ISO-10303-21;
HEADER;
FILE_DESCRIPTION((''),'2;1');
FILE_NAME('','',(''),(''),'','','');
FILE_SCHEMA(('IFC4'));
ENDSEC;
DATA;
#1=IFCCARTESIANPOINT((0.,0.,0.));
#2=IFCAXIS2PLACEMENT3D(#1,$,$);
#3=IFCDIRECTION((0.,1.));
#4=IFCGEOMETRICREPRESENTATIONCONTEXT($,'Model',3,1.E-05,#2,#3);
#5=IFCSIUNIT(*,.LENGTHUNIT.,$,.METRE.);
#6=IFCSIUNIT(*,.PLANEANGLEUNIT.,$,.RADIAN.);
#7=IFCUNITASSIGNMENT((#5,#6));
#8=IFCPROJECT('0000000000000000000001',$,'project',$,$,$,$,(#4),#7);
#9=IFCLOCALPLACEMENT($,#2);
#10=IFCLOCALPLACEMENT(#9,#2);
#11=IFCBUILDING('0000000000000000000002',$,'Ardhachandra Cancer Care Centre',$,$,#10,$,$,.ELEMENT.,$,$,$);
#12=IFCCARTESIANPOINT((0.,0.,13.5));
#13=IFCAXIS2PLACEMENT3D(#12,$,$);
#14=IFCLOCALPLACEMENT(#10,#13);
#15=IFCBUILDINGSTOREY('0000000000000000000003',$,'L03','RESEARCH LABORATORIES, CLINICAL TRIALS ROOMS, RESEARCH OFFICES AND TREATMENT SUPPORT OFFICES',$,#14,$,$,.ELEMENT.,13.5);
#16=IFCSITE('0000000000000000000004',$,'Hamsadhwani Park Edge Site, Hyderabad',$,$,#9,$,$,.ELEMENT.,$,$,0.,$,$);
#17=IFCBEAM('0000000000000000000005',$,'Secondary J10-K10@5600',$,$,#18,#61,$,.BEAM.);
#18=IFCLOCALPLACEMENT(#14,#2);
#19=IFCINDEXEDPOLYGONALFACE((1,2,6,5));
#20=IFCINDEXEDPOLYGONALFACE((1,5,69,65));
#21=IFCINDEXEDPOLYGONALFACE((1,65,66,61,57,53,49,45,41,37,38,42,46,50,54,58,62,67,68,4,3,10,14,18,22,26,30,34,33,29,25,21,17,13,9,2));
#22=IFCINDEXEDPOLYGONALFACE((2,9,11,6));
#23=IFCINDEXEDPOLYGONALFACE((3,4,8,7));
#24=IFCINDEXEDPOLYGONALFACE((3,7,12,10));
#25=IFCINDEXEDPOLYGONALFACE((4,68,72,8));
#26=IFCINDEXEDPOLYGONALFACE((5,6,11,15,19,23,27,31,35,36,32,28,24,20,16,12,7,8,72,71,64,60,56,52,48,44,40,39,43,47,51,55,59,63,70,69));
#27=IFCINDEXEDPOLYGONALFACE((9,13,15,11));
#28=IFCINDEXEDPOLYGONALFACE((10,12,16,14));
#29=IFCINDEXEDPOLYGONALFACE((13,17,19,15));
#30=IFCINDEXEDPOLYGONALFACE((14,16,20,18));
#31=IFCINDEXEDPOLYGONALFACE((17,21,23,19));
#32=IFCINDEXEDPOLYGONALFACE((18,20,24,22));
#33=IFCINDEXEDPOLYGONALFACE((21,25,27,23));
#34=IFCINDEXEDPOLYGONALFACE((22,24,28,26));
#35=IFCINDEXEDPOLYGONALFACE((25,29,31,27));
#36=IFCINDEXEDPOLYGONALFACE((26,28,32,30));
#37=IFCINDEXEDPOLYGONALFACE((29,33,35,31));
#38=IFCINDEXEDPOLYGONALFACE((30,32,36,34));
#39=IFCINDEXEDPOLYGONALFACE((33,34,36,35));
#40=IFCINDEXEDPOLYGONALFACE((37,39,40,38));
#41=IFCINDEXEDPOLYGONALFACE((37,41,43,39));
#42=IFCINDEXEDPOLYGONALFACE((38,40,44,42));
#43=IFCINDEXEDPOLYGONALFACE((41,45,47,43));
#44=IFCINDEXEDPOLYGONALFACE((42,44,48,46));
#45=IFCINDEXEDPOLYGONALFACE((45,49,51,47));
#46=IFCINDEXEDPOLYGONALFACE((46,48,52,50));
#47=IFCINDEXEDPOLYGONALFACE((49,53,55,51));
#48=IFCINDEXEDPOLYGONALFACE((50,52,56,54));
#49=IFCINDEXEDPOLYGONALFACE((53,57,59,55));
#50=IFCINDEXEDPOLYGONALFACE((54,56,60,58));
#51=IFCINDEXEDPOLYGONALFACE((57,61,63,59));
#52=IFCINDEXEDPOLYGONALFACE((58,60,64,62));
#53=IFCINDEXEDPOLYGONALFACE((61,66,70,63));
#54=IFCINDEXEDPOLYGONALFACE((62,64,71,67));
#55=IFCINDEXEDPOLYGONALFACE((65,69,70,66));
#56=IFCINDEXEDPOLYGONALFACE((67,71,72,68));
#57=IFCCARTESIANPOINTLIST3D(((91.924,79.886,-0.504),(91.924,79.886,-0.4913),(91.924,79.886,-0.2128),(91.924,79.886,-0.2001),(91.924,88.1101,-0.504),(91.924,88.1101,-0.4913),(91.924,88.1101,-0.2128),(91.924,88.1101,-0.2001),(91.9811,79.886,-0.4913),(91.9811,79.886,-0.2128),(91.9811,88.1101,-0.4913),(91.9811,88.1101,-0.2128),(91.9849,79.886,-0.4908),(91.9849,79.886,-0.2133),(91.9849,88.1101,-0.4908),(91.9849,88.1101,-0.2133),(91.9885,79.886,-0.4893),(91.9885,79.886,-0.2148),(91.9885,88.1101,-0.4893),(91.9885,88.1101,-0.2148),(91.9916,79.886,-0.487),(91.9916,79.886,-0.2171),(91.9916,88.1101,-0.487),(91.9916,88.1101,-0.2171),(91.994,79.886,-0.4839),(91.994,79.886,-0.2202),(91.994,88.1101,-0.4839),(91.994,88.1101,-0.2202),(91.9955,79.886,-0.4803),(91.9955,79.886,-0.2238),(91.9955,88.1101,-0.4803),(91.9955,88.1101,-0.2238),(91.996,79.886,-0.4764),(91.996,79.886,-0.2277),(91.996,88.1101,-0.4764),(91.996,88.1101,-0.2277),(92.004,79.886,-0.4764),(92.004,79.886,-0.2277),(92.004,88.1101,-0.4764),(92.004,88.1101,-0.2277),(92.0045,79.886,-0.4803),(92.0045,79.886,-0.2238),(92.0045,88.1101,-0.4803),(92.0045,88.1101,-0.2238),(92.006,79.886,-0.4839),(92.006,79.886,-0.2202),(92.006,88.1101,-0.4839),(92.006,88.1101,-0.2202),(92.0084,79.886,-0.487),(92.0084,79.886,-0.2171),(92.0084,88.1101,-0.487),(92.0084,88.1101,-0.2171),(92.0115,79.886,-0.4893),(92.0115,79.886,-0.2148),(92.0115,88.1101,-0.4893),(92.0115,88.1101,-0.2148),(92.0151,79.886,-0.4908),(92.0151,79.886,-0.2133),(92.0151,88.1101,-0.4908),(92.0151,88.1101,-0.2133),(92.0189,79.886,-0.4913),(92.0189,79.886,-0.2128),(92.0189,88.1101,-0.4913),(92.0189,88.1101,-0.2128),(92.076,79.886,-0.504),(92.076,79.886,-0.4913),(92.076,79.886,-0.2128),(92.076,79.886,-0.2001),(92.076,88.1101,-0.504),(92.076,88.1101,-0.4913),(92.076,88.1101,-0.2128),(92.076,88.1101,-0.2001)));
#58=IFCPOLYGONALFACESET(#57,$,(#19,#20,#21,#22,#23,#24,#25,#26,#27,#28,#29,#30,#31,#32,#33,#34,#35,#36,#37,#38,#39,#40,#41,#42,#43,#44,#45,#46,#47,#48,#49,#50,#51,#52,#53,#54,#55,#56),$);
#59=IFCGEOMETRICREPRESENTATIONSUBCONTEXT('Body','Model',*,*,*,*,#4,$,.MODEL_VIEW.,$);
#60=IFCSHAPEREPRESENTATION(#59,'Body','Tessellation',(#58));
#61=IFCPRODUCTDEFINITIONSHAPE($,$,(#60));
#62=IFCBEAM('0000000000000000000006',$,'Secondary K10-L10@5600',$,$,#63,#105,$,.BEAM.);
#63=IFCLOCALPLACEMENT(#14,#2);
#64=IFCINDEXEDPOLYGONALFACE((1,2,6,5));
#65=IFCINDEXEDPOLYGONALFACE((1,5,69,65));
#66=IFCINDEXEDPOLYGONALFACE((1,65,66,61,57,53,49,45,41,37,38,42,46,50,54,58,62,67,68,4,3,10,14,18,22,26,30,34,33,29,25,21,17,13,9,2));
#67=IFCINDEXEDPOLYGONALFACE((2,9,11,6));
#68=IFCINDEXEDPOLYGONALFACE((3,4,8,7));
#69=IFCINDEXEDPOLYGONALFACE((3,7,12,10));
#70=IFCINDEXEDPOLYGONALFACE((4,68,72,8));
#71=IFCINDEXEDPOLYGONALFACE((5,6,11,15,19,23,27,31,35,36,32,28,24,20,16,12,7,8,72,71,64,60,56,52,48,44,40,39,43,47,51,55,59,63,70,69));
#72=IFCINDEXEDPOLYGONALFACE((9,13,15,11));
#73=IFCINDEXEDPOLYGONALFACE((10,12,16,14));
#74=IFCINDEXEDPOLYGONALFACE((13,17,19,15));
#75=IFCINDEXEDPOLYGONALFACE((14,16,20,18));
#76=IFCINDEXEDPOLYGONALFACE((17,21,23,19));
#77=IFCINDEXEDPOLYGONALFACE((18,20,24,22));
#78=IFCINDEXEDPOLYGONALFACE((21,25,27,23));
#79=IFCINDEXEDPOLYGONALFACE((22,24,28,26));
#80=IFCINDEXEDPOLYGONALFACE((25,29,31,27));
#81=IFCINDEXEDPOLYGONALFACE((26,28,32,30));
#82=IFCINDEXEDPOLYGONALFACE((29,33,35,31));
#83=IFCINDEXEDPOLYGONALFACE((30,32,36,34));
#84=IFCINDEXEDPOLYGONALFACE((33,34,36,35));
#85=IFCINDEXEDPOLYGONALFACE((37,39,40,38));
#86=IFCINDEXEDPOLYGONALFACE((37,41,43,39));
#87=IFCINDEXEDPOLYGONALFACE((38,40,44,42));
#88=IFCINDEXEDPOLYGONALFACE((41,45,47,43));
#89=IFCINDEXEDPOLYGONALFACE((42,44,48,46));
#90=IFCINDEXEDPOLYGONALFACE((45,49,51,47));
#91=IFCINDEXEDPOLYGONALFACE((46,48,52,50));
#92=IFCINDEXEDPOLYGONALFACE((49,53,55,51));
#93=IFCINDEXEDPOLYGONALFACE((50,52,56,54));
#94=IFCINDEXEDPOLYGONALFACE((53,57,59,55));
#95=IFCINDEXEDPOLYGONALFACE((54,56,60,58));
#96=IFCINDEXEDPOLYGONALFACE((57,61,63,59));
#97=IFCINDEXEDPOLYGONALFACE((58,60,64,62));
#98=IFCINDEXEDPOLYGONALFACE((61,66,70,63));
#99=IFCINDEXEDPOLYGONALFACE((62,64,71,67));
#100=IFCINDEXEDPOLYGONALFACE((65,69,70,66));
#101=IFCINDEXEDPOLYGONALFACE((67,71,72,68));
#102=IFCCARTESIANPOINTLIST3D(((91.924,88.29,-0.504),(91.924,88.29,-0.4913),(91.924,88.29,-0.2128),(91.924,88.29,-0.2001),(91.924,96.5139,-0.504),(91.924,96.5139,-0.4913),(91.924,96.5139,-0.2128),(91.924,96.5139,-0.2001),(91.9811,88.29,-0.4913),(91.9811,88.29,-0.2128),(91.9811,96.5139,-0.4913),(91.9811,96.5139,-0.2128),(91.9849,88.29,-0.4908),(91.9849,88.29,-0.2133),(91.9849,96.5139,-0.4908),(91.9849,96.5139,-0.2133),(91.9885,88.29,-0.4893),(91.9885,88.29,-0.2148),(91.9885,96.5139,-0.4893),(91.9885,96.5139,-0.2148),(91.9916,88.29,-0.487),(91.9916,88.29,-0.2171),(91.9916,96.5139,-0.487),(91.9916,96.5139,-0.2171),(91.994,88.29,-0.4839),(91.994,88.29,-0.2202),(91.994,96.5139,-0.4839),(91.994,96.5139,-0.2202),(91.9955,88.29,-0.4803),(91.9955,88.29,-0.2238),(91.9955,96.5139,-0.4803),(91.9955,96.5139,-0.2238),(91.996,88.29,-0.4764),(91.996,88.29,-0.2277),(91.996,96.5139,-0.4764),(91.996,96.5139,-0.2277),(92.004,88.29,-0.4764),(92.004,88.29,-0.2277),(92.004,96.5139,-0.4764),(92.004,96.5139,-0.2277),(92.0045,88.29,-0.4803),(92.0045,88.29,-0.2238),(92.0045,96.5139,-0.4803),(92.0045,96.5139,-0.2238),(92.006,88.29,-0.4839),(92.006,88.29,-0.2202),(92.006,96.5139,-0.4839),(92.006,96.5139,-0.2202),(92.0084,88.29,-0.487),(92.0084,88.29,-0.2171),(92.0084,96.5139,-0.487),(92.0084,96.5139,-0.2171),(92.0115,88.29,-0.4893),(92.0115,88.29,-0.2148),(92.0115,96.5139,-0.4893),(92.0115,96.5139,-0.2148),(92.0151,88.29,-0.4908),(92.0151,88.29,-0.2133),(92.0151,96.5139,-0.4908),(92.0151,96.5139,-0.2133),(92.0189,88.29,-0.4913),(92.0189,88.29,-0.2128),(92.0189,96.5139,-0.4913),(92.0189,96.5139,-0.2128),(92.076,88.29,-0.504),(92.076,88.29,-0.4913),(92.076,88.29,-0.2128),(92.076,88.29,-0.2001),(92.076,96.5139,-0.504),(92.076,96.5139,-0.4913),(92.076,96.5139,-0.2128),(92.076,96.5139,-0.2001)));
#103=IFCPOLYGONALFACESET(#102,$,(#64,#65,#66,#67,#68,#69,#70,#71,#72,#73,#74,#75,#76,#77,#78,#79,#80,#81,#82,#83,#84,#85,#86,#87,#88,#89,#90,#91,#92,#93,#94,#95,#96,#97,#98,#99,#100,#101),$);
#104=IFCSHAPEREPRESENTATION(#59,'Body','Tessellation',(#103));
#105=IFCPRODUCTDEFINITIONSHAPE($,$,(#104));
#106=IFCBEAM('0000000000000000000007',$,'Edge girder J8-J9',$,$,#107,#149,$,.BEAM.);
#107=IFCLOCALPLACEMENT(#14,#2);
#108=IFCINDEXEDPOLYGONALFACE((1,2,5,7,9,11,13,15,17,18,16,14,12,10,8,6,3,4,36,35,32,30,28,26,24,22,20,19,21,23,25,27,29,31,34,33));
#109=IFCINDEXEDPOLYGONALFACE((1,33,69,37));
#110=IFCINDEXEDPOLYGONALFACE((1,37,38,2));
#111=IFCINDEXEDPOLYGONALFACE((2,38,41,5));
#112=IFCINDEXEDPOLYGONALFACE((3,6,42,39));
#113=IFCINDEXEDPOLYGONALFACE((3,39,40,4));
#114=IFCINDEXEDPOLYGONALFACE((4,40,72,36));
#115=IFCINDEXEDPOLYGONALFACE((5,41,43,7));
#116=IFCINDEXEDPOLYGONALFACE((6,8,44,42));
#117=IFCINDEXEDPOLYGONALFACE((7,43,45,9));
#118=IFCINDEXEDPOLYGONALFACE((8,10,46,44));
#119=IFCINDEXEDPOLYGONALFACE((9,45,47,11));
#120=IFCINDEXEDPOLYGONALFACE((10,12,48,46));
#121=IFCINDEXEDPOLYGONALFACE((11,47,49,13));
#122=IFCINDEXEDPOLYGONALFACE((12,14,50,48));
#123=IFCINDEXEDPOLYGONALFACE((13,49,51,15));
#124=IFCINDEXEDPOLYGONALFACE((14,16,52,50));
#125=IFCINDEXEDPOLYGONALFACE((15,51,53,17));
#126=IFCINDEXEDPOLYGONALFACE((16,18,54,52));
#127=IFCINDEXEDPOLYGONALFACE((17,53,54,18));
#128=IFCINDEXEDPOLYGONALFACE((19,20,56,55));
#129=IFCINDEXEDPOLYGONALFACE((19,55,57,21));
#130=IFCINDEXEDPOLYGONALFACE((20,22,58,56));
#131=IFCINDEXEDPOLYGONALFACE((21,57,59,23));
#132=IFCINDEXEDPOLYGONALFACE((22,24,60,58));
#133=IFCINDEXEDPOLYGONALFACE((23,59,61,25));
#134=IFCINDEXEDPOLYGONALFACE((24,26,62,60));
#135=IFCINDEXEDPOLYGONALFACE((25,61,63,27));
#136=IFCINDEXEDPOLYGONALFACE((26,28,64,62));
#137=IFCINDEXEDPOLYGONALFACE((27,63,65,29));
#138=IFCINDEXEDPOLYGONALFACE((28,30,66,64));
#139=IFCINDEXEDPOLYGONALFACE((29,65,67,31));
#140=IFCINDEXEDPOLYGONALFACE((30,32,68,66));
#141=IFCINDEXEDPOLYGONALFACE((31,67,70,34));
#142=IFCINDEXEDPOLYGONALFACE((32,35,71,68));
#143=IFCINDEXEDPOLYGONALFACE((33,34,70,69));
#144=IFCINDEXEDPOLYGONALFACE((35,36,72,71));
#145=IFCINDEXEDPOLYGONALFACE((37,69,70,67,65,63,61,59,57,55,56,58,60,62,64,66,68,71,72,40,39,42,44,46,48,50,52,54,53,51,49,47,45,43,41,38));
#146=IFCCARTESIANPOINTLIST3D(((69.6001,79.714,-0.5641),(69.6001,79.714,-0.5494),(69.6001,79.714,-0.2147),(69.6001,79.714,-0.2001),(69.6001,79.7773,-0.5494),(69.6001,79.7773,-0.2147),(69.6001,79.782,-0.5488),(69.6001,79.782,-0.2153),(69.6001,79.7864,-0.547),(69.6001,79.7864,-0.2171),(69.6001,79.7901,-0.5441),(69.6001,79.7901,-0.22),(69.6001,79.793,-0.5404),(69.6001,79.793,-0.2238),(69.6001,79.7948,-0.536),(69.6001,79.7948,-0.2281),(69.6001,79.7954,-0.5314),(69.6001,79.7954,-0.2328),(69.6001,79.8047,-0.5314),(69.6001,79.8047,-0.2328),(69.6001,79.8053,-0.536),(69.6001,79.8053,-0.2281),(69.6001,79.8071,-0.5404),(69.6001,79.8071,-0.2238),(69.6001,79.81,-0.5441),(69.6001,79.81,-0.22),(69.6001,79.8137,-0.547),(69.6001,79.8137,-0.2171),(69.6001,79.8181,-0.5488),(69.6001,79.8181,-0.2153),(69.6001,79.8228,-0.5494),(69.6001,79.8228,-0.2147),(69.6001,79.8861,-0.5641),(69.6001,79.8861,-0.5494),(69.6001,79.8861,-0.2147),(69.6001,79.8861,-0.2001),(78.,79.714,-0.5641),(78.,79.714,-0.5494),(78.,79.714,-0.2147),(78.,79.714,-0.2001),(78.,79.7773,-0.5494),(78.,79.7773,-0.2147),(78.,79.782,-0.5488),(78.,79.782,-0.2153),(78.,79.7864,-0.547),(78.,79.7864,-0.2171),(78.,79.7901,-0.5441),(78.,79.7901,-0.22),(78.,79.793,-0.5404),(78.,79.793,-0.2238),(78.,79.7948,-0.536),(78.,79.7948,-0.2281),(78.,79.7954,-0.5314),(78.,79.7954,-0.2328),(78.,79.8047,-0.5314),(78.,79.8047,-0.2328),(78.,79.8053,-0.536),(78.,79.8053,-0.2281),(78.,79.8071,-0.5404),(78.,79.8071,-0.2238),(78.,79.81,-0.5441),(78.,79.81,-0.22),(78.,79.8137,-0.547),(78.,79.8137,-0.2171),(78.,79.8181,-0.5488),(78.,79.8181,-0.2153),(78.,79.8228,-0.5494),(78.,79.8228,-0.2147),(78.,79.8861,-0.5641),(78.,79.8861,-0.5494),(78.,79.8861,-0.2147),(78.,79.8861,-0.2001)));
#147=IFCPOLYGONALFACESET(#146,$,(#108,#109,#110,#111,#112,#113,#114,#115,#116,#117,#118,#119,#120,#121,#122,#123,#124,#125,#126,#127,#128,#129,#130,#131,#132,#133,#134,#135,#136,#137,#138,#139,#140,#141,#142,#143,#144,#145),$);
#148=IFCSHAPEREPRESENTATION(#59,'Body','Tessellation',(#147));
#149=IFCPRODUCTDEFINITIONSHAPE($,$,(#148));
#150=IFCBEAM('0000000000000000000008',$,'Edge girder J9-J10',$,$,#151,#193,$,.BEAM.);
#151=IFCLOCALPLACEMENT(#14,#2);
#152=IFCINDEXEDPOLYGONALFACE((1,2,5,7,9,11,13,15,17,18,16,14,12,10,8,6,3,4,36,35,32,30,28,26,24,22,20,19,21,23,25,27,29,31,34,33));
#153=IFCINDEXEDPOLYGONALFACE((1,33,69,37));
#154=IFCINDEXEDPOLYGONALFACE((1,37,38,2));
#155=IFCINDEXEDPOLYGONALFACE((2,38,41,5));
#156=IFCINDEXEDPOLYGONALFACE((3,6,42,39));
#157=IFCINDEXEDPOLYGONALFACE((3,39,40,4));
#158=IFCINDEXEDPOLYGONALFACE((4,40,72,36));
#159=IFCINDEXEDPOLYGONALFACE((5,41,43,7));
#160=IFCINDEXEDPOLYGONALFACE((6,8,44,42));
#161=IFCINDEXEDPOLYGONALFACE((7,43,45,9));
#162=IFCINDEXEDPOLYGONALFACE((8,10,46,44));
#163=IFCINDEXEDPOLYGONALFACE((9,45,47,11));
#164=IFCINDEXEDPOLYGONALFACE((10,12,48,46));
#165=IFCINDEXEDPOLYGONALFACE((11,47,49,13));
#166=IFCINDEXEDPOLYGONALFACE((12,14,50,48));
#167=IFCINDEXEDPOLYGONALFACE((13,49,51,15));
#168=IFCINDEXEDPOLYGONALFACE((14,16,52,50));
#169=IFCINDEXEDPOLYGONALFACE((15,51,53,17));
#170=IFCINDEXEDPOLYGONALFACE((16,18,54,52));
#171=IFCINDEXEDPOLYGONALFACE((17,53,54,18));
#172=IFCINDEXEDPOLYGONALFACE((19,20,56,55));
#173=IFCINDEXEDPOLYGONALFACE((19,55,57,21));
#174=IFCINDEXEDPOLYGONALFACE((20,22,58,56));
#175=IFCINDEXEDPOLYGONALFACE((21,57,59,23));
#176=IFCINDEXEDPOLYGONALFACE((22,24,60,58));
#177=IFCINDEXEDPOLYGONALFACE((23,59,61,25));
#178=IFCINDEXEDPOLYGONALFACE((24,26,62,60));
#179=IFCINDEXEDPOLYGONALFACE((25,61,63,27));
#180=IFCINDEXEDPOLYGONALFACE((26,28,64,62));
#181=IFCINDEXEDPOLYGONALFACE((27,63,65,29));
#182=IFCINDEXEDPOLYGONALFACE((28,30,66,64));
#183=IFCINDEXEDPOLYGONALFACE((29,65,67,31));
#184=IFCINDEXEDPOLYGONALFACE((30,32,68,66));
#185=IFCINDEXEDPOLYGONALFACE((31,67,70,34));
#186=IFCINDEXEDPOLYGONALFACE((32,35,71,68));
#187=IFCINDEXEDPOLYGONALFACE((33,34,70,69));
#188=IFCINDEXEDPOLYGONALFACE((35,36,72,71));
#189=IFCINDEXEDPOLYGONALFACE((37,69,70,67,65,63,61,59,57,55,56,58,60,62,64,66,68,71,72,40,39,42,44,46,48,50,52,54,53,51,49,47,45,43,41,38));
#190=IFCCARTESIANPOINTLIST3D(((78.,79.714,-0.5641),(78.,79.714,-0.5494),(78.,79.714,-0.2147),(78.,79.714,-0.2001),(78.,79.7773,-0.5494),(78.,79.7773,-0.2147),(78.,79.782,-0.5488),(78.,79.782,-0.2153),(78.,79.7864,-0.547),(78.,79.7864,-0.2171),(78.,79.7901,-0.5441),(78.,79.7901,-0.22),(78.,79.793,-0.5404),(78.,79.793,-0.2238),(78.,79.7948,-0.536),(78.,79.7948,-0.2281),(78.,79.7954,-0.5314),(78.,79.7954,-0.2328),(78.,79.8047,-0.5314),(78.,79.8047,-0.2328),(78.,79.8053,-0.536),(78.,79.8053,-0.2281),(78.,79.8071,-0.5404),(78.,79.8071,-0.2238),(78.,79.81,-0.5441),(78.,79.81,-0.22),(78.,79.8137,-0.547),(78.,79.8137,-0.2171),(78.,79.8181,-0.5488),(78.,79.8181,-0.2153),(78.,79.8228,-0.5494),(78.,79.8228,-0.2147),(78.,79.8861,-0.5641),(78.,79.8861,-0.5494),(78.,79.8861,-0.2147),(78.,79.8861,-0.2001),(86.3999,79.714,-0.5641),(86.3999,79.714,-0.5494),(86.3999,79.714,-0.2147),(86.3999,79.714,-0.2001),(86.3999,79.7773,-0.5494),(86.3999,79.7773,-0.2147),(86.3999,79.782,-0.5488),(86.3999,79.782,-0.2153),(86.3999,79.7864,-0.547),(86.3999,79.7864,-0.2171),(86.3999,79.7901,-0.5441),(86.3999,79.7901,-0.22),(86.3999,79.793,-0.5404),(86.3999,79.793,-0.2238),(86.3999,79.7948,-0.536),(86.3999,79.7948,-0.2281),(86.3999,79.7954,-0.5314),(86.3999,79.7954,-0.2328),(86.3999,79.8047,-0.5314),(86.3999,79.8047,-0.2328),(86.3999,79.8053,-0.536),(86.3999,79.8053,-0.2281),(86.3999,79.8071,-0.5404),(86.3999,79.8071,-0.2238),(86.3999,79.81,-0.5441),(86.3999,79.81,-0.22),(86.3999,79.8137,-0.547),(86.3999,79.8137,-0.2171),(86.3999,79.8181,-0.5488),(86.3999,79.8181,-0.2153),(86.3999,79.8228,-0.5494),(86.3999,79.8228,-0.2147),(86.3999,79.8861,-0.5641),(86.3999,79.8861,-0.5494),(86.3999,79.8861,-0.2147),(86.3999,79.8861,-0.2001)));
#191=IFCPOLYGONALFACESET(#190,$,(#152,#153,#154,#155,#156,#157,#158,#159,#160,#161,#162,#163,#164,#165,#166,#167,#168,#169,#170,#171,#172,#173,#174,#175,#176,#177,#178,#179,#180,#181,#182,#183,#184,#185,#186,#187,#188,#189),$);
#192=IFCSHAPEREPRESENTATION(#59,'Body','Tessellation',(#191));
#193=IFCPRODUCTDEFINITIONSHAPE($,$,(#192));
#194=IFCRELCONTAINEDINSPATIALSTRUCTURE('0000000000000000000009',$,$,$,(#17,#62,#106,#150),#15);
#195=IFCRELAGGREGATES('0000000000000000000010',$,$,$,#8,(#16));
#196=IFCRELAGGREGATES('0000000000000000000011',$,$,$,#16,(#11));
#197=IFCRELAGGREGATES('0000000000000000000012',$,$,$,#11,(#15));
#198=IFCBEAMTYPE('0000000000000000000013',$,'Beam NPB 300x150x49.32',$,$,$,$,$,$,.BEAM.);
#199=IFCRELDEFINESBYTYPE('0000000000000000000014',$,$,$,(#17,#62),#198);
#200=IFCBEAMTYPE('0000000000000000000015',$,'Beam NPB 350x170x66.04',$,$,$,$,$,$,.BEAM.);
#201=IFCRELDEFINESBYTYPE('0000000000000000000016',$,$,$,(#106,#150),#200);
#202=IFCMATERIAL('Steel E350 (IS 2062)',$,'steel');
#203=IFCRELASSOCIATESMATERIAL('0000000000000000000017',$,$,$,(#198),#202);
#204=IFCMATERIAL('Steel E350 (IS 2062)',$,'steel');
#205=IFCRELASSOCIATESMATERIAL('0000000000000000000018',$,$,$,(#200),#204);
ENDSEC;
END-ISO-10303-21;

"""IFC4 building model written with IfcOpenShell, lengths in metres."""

from ifc_helpers import new_model, si_unit, direction, frame, origin, origin_2d, place, context, subcontext, project, spatial, i_section, extrude, material, material_profile, profile_set, type_object, element, save


model = new_model("IFC4")

# Units and contexts
model_context = context("Model", 3, precision=1e-05, world=origin(), true_north=direction((0.0, 1.0)))
body_context = subcontext(model_context, "Body", "Model", "MODEL_VIEW")
ifc_project = project(units=[si_unit("LENGTHUNIT", "METRE"), si_unit("PLANEANGLEUNIT", "RADIAN")], contexts=[model_context])

# Site, building, storey
site_placement = place(None, origin())
site = spatial("IfcSite", under=ifc_project, at=site_placement, Name="Hamsadhwani Park Edge Site, Hyderabad", CompositionType="ELEMENT", RefElevation=0.0)
building_placement = place(site_placement, origin())
building = spatial("IfcBuilding", under=site, at=building_placement, Name="Ardhachandra Cancer Care Centre", CompositionType="ELEMENT")
storey_placement = place(building_placement, frame((0.0, 0.0, 13.5)))
storey = spatial("IfcBuildingStorey", under=building, at=storey_placement, Name="L03", Description="RESEARCH LABORATORIES, CLINICAL TRIALS ROOMS, RESEARCH OFFICES AND TREATMENT SUPPORT OFFICES", CompositionType="ELEMENT", Elevation=13.5)

# Beams
ifc_material_1 = material(Name="Steel E350 (IS 2062)", Category="steel")
ifc_material_profile_1 = material_profile(ifc_material_1, i_section(OverallWidth=0.1521, OverallDepth=0.304, WebThickness=0.0081, FlangeThickness=0.0127, FilletRadius=0.0149, at=origin_2d()), Name="NPB 300x150x49.32")
ifc_profile_set_1 = profile_set([ifc_material_profile_1], Name="Steel E350 (IS 2062)")
beam_type_1 = type_object("IfcBeamType", Name="Beam NPB 300x150x49.32", PredefinedType="BEAM", material=ifc_profile_set_1)
beam_1_placement = place(storey_placement, frame((92.0, 79.886, -0.3521), z_axis=(0.0, 1.0, 0.0), x_axis=(-1.0, 0.0, 0.0)))
element("IfcBeam", 1, at=beam_1_placement, inside=storey, type_object=beam_type_1, Name="Secondary J10-K10@5600", PredefinedType="BEAM", context=body_context, shape_type="SweptSolid", body=[
    extrude(i_section(OverallWidth=0.1521, OverallDepth=0.304, WebThickness=0.0081, FlangeThickness=0.0127, FilletRadius=0.0149, at=origin_2d()), origin(), (0.0, 0.0, 1.0), 8.2241),
])
beam_2_placement = place(storey_placement, frame((92.0, 88.29, -0.3521), z_axis=(0.0, 1.0, 0.0), x_axis=(-1.0, 0.0, 0.0)))
element("IfcBeam", 2, at=beam_2_placement, inside=storey, type_object=beam_type_1, Name="Secondary K10-L10@5600", PredefinedType="BEAM", context=body_context, shape_type="SweptSolid", body=[
    extrude(i_section(OverallWidth=0.1521, OverallDepth=0.304, WebThickness=0.0081, FlangeThickness=0.0127, FilletRadius=0.0149, at=origin_2d()), origin(), (0.0, 0.0, 1.0), 8.2239),
])
ifc_material_2 = material(Name="Steel E350 (IS 2062)", Category="steel")
ifc_material_profile_2 = material_profile(ifc_material_2, i_section(OverallWidth=0.1721, OverallDepth=0.364, WebThickness=0.0093, FlangeThickness=0.0146, FilletRadius=0.0181, at=origin_2d()), Name="NPB 350x170x66.04")
ifc_profile_set_2 = profile_set([ifc_material_profile_2], Name="Steel E350 (IS 2062)")
beam_type_2 = type_object("IfcBeamType", Name="Beam NPB 350x170x66.04", PredefinedType="BEAM", material=ifc_profile_set_2)
for number, where, z_axis, x_axis, name in (
    (3, (69.6001, 79.8, -0.3821), (1.0, 0.0, 0.0), (0.0, 1.0, 0.0), "Edge girder J8-J9"),
    (4, (78.0, 79.8, -0.3821), (1.0, 0.0, 0.0), (0.0, 1.0, 0.0), "Edge girder J9-J10"),
):
    element("IfcBeam", number, at=place(storey_placement, frame(where, z_axis=z_axis, x_axis=x_axis)), inside=storey, type_object=beam_type_2, Name=name, PredefinedType="BEAM", context=body_context, shape_type="SweptSolid", body=[
        extrude(i_section(OverallWidth=0.1721, OverallDepth=0.364, WebThickness=0.0093, FlangeThickness=0.0146, FilletRadius=0.0181, at=origin_2d()), origin(), (0.0, 0.0, 1.0), 8.3999),
    ])

save(model, "model.ifc")
